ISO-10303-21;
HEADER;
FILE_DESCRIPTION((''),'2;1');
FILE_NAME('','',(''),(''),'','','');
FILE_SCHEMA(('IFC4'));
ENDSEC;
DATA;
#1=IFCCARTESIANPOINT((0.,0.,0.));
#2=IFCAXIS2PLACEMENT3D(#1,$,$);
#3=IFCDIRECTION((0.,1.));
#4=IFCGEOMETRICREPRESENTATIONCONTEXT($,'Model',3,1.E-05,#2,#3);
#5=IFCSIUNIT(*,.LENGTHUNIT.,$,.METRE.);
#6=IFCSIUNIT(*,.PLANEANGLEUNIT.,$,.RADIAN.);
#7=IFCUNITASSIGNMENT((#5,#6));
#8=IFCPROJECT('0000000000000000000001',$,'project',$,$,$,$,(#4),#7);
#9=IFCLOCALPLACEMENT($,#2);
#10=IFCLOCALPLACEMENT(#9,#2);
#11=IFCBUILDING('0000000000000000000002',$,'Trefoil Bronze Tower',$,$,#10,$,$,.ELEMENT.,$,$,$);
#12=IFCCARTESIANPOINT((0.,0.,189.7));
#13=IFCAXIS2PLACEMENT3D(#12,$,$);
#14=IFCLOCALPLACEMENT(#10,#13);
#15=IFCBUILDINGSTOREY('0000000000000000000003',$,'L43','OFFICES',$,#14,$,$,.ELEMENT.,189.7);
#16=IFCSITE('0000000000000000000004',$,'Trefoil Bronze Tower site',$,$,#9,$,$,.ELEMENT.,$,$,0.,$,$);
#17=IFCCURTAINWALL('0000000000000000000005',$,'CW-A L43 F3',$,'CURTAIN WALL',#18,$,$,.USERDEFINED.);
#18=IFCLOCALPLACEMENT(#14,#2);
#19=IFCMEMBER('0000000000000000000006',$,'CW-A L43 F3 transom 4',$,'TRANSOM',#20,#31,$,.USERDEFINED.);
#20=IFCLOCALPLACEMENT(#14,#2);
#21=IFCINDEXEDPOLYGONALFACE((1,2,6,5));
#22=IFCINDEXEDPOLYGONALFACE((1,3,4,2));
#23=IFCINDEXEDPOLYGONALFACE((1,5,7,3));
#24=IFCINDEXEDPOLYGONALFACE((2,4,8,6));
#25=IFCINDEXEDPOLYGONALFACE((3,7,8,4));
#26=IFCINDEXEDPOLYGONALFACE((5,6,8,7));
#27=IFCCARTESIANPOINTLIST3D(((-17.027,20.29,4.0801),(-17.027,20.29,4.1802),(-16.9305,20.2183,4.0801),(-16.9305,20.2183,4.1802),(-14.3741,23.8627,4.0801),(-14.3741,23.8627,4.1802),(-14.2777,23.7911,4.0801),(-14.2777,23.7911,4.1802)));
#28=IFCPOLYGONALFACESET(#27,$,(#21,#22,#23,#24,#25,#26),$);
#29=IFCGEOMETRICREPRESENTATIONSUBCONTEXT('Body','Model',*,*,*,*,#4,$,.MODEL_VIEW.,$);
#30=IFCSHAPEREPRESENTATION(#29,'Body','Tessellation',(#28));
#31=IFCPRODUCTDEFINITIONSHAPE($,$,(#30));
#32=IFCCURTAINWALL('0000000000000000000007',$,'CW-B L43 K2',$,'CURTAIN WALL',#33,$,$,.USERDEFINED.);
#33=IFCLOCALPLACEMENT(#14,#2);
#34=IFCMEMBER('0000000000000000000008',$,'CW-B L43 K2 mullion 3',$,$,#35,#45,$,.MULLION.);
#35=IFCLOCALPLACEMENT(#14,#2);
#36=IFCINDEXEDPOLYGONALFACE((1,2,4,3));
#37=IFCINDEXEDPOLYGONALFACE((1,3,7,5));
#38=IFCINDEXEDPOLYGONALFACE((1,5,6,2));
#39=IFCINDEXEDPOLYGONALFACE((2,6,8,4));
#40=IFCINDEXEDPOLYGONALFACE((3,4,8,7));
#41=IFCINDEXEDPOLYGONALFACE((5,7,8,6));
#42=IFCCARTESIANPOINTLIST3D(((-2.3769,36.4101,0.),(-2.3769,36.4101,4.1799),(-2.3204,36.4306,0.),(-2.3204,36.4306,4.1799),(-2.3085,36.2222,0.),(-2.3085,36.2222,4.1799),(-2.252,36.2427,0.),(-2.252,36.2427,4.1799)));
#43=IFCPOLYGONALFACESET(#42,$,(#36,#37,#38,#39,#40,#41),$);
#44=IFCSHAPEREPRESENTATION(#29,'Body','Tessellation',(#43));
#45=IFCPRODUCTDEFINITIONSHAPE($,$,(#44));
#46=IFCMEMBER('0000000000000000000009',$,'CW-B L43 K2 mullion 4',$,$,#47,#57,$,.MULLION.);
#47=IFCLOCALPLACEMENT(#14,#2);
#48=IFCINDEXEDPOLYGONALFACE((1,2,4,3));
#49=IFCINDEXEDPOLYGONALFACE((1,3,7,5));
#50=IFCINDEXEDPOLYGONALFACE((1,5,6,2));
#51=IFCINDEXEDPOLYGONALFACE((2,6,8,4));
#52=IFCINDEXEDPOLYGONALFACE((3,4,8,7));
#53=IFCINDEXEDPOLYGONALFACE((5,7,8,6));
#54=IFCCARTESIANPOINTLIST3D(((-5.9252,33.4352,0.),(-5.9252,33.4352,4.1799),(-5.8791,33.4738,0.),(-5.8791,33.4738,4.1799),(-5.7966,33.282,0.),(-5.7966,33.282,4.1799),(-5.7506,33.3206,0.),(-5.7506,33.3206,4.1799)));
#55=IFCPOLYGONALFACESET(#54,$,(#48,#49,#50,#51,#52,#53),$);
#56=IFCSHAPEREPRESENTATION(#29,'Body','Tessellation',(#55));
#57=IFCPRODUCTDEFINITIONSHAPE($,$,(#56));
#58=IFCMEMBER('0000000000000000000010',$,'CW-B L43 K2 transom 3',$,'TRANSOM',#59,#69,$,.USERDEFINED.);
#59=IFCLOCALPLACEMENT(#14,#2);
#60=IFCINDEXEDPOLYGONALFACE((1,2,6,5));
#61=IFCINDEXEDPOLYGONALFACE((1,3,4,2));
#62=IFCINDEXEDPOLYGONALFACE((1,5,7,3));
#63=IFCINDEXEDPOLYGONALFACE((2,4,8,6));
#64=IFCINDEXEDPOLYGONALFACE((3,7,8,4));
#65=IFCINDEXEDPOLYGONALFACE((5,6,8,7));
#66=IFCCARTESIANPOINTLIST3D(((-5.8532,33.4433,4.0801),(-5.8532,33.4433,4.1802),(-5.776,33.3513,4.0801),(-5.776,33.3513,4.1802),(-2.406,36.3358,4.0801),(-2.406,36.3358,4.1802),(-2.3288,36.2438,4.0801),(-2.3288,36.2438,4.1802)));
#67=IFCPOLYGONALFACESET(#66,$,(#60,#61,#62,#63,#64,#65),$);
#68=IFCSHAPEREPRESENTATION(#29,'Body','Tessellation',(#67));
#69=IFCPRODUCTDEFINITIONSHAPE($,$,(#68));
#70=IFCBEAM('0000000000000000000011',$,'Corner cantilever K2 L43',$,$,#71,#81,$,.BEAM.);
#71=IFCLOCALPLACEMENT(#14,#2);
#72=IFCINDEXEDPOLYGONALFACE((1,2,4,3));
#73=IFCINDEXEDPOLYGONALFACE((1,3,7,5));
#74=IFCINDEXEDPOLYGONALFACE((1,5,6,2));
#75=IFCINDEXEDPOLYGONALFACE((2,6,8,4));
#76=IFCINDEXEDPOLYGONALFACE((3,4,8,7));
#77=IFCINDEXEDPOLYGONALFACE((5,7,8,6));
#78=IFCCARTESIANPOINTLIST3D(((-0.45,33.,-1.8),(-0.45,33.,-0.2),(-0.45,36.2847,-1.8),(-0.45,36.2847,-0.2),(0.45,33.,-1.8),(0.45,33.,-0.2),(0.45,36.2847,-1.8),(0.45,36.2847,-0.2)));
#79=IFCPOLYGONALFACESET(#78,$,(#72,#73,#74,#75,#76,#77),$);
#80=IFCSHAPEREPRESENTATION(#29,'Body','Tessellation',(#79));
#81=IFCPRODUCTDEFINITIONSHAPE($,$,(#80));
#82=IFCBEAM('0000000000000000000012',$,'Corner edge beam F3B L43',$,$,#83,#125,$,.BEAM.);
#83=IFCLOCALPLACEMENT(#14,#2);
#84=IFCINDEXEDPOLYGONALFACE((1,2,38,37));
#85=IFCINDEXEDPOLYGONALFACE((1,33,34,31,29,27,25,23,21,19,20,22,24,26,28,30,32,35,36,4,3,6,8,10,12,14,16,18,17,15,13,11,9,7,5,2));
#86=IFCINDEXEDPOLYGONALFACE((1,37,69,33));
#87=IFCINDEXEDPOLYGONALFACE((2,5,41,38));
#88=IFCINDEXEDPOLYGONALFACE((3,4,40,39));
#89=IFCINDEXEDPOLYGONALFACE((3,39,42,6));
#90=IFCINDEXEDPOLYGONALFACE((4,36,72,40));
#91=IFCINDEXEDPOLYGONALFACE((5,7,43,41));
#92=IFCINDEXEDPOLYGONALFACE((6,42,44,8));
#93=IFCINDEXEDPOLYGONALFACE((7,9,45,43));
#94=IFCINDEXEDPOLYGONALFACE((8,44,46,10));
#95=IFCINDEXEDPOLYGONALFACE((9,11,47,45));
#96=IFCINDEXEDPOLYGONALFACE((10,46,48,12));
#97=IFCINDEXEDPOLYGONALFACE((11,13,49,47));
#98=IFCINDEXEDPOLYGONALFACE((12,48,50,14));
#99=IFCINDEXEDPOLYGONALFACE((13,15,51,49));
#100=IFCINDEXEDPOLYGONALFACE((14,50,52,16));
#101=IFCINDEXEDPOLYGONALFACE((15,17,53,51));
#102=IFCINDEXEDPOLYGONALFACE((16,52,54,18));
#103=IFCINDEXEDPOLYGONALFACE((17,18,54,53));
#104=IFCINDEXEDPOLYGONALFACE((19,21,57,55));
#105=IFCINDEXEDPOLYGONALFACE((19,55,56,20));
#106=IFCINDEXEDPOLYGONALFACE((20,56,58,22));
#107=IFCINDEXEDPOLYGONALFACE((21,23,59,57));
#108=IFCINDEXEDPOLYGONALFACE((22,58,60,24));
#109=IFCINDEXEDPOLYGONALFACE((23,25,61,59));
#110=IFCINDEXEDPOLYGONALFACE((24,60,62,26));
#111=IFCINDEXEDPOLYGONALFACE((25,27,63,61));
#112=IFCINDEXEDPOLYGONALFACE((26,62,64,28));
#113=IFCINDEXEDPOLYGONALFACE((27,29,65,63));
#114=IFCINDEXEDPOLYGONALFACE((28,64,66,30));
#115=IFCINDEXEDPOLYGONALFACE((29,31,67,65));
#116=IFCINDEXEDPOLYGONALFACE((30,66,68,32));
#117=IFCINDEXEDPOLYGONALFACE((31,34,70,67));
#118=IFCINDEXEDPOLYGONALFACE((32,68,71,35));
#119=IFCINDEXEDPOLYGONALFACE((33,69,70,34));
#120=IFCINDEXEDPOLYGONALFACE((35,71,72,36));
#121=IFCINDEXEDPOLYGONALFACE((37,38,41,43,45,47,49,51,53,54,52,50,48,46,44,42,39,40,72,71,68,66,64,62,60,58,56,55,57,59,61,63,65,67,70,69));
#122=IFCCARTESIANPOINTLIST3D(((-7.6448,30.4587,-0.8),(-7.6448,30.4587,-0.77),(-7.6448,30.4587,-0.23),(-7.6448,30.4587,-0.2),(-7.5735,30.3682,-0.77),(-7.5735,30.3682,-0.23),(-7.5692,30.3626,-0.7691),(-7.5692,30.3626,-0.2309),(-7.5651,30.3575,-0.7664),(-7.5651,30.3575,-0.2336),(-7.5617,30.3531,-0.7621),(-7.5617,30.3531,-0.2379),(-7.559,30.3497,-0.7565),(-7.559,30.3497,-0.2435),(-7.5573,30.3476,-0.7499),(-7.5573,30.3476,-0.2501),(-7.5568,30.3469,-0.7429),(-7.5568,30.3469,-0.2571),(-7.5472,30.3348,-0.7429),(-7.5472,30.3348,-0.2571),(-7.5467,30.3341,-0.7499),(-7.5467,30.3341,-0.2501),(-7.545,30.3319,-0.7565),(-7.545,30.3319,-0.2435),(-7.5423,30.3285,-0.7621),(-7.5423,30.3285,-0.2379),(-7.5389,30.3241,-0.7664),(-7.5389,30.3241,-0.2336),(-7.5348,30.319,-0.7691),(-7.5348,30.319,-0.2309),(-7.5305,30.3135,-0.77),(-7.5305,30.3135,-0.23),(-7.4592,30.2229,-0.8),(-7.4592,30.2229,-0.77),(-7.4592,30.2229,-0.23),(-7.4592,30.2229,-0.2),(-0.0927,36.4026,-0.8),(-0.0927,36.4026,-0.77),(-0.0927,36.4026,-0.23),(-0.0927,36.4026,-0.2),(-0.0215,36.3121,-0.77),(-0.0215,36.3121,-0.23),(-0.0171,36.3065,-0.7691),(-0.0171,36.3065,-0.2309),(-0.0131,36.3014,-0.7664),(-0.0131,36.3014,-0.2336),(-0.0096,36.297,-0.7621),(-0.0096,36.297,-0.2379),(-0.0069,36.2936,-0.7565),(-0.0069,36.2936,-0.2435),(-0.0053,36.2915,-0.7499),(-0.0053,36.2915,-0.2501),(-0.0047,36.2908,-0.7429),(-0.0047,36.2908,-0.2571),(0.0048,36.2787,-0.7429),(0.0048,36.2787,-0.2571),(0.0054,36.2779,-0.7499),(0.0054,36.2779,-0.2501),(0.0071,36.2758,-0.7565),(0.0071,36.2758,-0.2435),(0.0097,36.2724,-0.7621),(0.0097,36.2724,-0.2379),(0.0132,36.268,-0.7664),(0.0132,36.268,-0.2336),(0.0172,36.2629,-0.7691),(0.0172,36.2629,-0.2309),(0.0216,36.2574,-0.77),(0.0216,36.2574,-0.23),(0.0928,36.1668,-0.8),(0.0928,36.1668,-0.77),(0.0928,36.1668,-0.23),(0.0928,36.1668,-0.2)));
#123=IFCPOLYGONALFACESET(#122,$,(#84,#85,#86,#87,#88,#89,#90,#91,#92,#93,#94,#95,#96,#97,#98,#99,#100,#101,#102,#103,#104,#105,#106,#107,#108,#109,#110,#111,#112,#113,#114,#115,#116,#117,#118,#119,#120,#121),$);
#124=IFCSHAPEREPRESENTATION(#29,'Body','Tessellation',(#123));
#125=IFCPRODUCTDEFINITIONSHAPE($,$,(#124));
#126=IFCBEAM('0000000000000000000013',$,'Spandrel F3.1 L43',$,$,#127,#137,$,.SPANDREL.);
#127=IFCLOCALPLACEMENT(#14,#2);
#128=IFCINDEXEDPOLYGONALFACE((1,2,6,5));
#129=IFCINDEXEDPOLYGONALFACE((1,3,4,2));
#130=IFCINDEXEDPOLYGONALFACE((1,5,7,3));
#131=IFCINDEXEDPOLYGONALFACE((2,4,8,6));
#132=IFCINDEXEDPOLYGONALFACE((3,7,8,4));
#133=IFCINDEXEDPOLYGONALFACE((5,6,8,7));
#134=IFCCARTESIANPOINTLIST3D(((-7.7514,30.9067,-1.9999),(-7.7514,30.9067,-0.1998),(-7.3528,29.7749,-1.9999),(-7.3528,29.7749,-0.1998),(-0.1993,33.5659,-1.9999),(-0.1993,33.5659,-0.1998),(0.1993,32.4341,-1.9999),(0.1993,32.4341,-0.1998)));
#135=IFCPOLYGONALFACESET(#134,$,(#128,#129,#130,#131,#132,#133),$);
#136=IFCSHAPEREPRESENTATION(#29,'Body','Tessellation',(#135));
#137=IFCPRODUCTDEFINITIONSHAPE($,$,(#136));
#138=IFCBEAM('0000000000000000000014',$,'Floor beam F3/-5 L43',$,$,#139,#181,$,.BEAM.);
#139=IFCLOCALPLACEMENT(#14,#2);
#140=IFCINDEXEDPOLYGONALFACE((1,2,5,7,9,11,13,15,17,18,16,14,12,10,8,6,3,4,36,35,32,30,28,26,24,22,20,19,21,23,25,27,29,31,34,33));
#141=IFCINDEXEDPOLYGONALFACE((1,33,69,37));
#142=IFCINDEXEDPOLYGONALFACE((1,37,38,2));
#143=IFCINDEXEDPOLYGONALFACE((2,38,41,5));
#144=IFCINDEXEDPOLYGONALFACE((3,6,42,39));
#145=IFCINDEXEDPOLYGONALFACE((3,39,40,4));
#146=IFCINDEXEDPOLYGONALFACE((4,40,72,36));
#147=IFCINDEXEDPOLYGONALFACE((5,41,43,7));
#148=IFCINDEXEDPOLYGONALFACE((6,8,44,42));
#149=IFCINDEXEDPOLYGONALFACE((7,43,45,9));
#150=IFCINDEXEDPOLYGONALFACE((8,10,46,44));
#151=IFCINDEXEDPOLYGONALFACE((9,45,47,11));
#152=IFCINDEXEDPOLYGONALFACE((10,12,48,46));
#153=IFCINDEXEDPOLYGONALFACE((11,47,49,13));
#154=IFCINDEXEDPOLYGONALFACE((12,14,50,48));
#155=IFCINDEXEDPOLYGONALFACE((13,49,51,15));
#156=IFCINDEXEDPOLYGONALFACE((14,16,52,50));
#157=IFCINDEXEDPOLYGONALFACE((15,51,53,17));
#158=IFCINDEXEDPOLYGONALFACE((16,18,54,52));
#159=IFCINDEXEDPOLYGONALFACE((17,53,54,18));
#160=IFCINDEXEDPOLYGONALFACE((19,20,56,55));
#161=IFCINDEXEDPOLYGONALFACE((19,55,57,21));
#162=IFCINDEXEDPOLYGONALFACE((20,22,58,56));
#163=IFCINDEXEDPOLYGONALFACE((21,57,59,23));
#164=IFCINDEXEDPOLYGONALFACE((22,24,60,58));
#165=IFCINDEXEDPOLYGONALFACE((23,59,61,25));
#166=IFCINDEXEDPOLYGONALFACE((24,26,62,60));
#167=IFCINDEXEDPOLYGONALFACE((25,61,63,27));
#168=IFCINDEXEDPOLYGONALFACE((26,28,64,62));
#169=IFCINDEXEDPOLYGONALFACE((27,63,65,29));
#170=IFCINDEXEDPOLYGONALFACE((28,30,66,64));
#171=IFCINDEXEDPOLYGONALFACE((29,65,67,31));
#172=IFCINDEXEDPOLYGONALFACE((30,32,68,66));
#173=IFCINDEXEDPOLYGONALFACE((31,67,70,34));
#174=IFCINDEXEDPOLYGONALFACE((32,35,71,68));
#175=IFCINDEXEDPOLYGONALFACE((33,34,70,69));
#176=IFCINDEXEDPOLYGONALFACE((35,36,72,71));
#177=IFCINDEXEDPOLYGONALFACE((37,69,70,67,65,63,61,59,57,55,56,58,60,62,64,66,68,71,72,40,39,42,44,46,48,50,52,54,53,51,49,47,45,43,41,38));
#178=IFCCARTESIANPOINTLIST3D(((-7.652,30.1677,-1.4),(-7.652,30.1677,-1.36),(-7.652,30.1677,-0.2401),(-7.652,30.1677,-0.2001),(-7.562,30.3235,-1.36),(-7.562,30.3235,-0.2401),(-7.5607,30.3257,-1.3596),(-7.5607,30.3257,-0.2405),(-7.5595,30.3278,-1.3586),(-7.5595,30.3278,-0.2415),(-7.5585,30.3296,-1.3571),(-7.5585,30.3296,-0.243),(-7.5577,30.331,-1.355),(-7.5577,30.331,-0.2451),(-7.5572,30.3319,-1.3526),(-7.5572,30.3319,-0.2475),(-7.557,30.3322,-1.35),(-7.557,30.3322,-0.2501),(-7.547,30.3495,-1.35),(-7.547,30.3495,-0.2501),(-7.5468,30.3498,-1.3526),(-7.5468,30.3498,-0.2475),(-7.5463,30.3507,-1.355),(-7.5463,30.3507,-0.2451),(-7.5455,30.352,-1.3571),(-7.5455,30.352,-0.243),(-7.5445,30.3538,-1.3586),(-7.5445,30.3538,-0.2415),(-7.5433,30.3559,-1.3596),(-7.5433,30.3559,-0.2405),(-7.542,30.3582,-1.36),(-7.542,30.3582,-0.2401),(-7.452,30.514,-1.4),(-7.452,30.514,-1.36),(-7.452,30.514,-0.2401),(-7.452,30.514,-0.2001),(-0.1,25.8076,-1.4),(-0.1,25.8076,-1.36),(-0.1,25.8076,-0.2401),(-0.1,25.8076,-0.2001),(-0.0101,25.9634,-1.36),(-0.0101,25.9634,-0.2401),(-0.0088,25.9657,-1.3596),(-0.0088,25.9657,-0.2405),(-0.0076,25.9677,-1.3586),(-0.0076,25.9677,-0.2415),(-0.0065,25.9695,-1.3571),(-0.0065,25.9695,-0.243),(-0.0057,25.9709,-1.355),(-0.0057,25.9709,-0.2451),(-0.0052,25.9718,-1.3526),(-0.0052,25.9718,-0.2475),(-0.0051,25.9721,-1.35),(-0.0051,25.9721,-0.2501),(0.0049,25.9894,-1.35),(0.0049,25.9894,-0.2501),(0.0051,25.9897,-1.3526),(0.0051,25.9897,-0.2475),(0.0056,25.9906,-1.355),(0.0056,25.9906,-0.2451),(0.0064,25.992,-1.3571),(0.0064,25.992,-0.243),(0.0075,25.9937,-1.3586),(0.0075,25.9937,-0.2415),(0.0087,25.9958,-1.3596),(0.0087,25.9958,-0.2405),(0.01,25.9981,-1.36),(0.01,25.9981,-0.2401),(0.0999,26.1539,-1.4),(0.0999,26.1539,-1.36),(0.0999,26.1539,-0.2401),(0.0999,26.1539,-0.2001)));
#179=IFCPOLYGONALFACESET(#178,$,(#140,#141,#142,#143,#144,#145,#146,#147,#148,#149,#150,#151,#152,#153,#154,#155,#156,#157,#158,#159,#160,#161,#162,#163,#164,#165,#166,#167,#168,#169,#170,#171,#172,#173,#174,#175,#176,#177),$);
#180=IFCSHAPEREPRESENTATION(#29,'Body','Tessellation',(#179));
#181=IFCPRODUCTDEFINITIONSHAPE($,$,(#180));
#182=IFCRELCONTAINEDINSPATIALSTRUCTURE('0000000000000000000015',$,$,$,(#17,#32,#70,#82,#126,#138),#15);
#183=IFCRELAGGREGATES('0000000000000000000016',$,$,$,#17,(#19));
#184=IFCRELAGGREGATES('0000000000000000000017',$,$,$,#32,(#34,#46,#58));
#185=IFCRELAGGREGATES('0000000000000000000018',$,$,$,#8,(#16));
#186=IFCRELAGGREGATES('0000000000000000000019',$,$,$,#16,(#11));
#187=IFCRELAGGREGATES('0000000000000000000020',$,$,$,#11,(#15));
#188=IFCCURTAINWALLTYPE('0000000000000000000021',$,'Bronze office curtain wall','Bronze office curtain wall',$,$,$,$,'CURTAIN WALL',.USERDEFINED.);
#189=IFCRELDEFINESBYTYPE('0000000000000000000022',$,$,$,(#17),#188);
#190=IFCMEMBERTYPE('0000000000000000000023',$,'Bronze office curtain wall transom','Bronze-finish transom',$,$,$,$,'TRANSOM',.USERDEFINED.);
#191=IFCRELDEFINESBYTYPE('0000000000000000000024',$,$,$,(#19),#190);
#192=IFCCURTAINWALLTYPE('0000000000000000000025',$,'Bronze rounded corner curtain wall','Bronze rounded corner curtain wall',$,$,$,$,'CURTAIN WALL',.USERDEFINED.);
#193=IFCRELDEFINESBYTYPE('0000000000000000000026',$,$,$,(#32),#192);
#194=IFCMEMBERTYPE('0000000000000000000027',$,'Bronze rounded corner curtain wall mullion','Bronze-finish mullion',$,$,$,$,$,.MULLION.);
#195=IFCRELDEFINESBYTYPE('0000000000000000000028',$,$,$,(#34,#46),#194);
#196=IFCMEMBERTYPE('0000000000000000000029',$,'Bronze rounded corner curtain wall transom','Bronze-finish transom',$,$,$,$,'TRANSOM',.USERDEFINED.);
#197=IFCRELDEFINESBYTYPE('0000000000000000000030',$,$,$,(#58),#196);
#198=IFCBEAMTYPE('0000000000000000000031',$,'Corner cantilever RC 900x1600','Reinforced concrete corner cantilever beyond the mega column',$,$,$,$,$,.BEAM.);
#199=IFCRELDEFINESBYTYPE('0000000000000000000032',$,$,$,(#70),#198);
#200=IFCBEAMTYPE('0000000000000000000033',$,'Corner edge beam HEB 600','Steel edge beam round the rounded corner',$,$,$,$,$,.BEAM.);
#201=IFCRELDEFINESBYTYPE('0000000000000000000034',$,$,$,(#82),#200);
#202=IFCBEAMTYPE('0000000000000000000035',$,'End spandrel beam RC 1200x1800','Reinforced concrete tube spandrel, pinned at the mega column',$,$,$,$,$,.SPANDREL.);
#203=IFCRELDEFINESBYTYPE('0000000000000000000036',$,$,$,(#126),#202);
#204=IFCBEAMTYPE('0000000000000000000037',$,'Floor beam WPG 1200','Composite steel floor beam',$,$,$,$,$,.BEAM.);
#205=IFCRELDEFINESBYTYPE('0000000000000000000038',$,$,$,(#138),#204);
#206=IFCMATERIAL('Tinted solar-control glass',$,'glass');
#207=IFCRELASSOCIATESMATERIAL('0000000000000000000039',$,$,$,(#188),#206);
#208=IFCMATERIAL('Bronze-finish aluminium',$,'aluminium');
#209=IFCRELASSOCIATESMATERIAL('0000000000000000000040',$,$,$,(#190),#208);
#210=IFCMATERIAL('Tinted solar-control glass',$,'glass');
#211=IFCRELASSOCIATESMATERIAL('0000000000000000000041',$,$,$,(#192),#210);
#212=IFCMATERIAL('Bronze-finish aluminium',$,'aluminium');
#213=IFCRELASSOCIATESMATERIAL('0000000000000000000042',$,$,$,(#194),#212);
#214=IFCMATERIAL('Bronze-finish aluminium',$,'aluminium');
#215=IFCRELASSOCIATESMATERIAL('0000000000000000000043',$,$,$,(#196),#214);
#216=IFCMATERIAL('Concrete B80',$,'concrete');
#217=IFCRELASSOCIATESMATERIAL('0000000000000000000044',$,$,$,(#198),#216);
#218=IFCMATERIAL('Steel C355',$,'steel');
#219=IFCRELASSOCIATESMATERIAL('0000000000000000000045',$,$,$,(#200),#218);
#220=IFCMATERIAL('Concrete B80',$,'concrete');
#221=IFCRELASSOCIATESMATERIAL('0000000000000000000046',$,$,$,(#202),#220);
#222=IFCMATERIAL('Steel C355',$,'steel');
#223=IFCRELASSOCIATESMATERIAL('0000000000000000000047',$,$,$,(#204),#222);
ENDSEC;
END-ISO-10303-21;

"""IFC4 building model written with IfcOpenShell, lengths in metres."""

from ifc_helpers import new_model, si_unit, direction, frame, origin, origin_2d, place, context, subcontext, project, spatial, rectangle, i_section, extrude, material, material_profile, profile_set, type_object, element, aggregate, save


model = new_model("IFC4")

# Units and contexts
model_context = context("Model", 3, precision=1e-05, world=origin(), true_north=direction((0.0, 1.0)))
body_context = subcontext(model_context, "Body", "Model", "MODEL_VIEW")
ifc_project = project(units=[si_unit("LENGTHUNIT", "METRE"), si_unit("PLANEANGLEUNIT", "RADIAN")], contexts=[model_context])

# Site, building, storey
site_placement = place(None, origin())
site = spatial("IfcSite", under=ifc_project, at=site_placement, Name="Trefoil Bronze Tower site", CompositionType="ELEMENT", RefElevation=0.0)
building_placement = place(site_placement, origin())
building = spatial("IfcBuilding", under=site, at=building_placement, Name="Trefoil Bronze Tower", CompositionType="ELEMENT")
storey_placement = place(building_placement, frame((0.0, 0.0, 189.7)))
storey = spatial("IfcBuildingStorey", under=building, at=storey_placement, Name="L43", Description="OFFICES", CompositionType="ELEMENT", Elevation=189.7)

# Curtain walls, members
ifc_material_1 = material(Name="Tinted solar-control glass", Category="glass")
curtain_wall_type_1 = type_object("IfcCurtainWallType", Name="Bronze office curtain wall", Description="Bronze office curtain wall", ElementType="CURTAIN WALL", PredefinedType="USERDEFINED", material=ifc_material_1)
curtain_wall_1_placement = place(storey_placement, origin())
curtain_wall_1 = element("IfcCurtainWall", 1, at=curtain_wall_1_placement, inside=storey, type_object=curtain_wall_type_1, Name="CW-A L43 F3", ObjectType="CURTAIN WALL", PredefinedType="USERDEFINED")
ifc_material_2 = material(Name="Bronze-finish aluminium", Category="aluminium")
ifc_material_profile_1 = material_profile(ifc_material_2, rectangle(XDim=0.1201, YDim=0.1001, at=origin_2d()), Name="CW-A transom")
ifc_profile_set_1 = profile_set([ifc_material_profile_1], Name="Bronze-finish aluminium")
member_type_1 = type_object("IfcMemberType", Name="Bronze office curtain wall transom", Description="Bronze-finish transom", ElementType="TRANSOM", PredefinedType="USERDEFINED", material=ifc_profile_set_1)
member_1_placement = place(storey_placement, frame((-14.3259, 23.8269, 4.1301), z_axis=(-0.596148, -0.802874, 0.0), x_axis=(0.802874, -0.596148, 0.0)))
member_1 = element("IfcMember", 2, at=member_1_placement, type_object=member_type_1, Name="CW-A L43 F3 transom 4", ObjectType="TRANSOM", PredefinedType="USERDEFINED", context=body_context, shape_type="SweptSolid", body=[
    extrude(rectangle(XDim=0.1201, YDim=0.1001, at=origin_2d()), origin(), (0.0, 0.0, 1.0), 4.45),
])
ifc_material_3 = material(Name="Tinted solar-control glass", Category="glass")
curtain_wall_type_2 = type_object("IfcCurtainWallType", Name="Bronze rounded corner curtain wall", Description="Bronze rounded corner curtain wall", ElementType="CURTAIN WALL", PredefinedType="USERDEFINED", material=ifc_material_3)
curtain_wall_2_placement = place(storey_placement, origin())
curtain_wall_2 = element("IfcCurtainWall", 3, at=curtain_wall_2_placement, inside=storey, type_object=curtain_wall_type_2, Name="CW-B L43 K2", ObjectType="CURTAIN WALL", PredefinedType="USERDEFINED")
ifc_material_4 = material(Name="Bronze-finish aluminium", Category="aluminium")
ifc_material_profile_2 = material_profile(ifc_material_4, rectangle(XDim=0.2, YDim=0.0601, at=origin_2d()), Name="CW-B mullion")
ifc_profile_set_2 = profile_set([ifc_material_profile_2], Name="Bronze-finish aluminium")
member_type_2 = type_object("IfcMemberType", Name="Bronze rounded corner curtain wall mullion", Description="Bronze-finish mullion", PredefinedType="MULLION", material=ifc_profile_set_2)
member_2_placement = place(storey_placement, frame((-2.3145, 36.3264, 0.0), z_axis=(0.0, 0.0, 1.0), x_axis=(0.34202, -0.939693, 0.0)))
member_2 = element("IfcMember", 4, at=member_2_placement, type_object=member_type_2, Name="CW-B L43 K2 mullion 3", PredefinedType="MULLION", context=body_context, shape_type="SweptSolid", body=[
    extrude(rectangle(XDim=0.2, YDim=0.0601, at=origin_2d()), origin(), (0.0, 0.0, 1.0), 4.1799),
])
member_3_placement = place(storey_placement, frame((-5.8379, 33.3779, 0.0), z_axis=(0.0, 0.0, 1.0), x_axis=(0.642788, -0.766044, 0.0)))
member_3 = element("IfcMember", 5, at=member_3_placement, type_object=member_type_2, Name="CW-B L43 K2 mullion 4", PredefinedType="MULLION", context=body_context, shape_type="SweptSolid", body=[
    extrude(rectangle(XDim=0.2, YDim=0.0601, at=origin_2d()), origin(), (0.0, 0.0, 1.0), 4.1799),
])
ifc_material_5 = material(Name="Bronze-finish aluminium", Category="aluminium")
ifc_material_profile_3 = material_profile(ifc_material_5, rectangle(XDim=0.1201, YDim=0.1001, at=origin_2d()), Name="CW-B transom")
ifc_profile_set_3 = profile_set([ifc_material_profile_3], Name="Bronze-finish aluminium")
member_type_3 = type_object("IfcMemberType", Name="Bronze rounded corner curtain wall transom", Description="Bronze-finish transom", ElementType="TRANSOM", PredefinedType="USERDEFINED", material=ifc_profile_set_3)
member_4_placement = place(storey_placement, frame((-2.3674, 36.2898, 4.1301), z_axis=(-0.766047, -0.642785, 0.0), x_axis=(0.642785, -0.766047, 0.0)))
member_4 = element("IfcMember", 6, at=member_4_placement, type_object=member_type_3, Name="CW-B L43 K2 transom 3", ObjectType="TRANSOM", PredefinedType="USERDEFINED", context=body_context, shape_type="SweptSolid", body=[
    extrude(rectangle(XDim=0.1201, YDim=0.1001, at=origin_2d()), origin(), (0.0, 0.0, 1.0), 4.5),
])

# Beams
ifc_material_6 = material(Name="Concrete B80", Category="concrete")
ifc_material_profile_4 = material_profile(ifc_material_6, rectangle(XDim=0.8999, YDim=1.6001, at=origin_2d()), Name="RC 900x1600")
ifc_profile_set_4 = profile_set([ifc_material_profile_4], Name="Concrete B80")
beam_type_1 = type_object("IfcBeamType", Name="Corner cantilever RC 900x1600", Description="Reinforced concrete corner cantilever beyond the mega column", PredefinedType="BEAM", material=ifc_profile_set_4)
beam_1_placement = place(storey_placement, frame((0.0, 33.0, -1.0), z_axis=(0.0, 1.0, 0.0), x_axis=(-1.0, 0.0, 0.0)))
element("IfcBeam", 7, at=beam_1_placement, inside=storey, type_object=beam_type_1, Name="Corner cantilever K2 L43", PredefinedType="BEAM", context=body_context, shape_type="SweptSolid", body=[
    extrude(rectangle(XDim=0.8999, YDim=1.6001, at=origin_2d()), origin(), (0.0, 0.0, 1.0), 3.2847),
])
ifc_material_7 = material(Name="Steel C355", Category="steel")
ifc_material_profile_5 = material_profile(ifc_material_7, i_section(OverallWidth=0.3, OverallDepth=0.6001, WebThickness=0.0154, FlangeThickness=0.03, FilletRadius=0.0271, at=origin_2d()), Name="HEB 600")
ifc_profile_set_5 = profile_set([ifc_material_profile_5], Name="Steel C355")
beam_type_2 = type_object("IfcBeamType", Name="Corner edge beam HEB 600", Description="Steel edge beam round the rounded corner", PredefinedType="BEAM", material=ifc_profile_set_5)
beam_2_placement = place(storey_placement, frame((-7.552, 30.3408, -0.5), z_axis=(0.785806, 0.618473, 0.0), x_axis=(-0.618473, 0.785806, 0.0)))
element("IfcBeam", 8, at=beam_2_placement, inside=storey, type_object=beam_type_2, Name="Corner edge beam F3B L43", PredefinedType="BEAM", context=body_context, shape_type="SweptSolid", body=[
    extrude(i_section(OverallWidth=0.3, OverallDepth=0.6001, WebThickness=0.0154, FlangeThickness=0.03, FilletRadius=0.0271, at=origin_2d()), origin(), (0.0, 0.0, 1.0), 9.6106),
])
ifc_material_8 = material(Name="Concrete B80", Category="concrete")
ifc_material_profile_6 = material_profile(ifc_material_8, rectangle(XDim=1.2, YDim=1.8, at=origin_2d()), Name="RC 1200x1800")
ifc_profile_set_6 = profile_set([ifc_material_profile_6], Name="Concrete B80")
beam_type_3 = type_object("IfcBeamType", Name="End spandrel beam RC 1200x1800", Description="Reinforced concrete tube spandrel, pinned at the mega column", PredefinedType="SPANDREL", material=ifc_profile_set_6)
beam_3_placement = place(storey_placement, frame((0.0, 33.0, -1.0999), z_axis=(-0.943234, -0.332128, 0.0), x_axis=(0.332128, -0.943234, 0.0)))
element("IfcBeam", 9, at=beam_3_placement, inside=storey, type_object=beam_type_3, Name="Spandrel F3.1 L43", PredefinedType="SPANDREL", context=body_context, shape_type="SweptSolid", body=[
    extrude(rectangle(XDim=1.2, YDim=1.8, at=origin_2d()), origin(), (0.0, 0.0, 1.0), 8.0066),
])
ifc_material_9 = material(Name="Steel C355", Category="steel")
ifc_material_profile_7 = material_profile(ifc_material_9, i_section(OverallWidth=0.3999, OverallDepth=1.2, WebThickness=0.02, FlangeThickness=0.04, FilletRadius=0.01, at=origin_2d()), Name="WPG 1200")
ifc_profile_set_7 = profile_set([ifc_material_profile_7], Name="Steel C355")
beam_type_4 = type_object("IfcBeamType", Name="Floor beam WPG 1200", Description="Composite steel floor beam", PredefinedType="BEAM", material=ifc_profile_set_7)
beam_4_placement = place(storey_placement, frame((-7.552, 30.3408, -0.8), z_axis=(0.866028, -0.499996, 0.0), x_axis=(0.499996, 0.866028, 0.0)))
element("IfcBeam", 10, at=beam_4_placement, inside=storey, type_object=beam_type_4, Name="Floor beam F3/-5 L43", PredefinedType="BEAM", context=body_context, shape_type="SweptSolid", body=[
    extrude(i_section(OverallWidth=0.3999, OverallDepth=1.2, WebThickness=0.02, FlangeThickness=0.04, FilletRadius=0.01, at=origin_2d()), origin(), (0.0, 0.0, 1.0), 8.7202),
])

aggregate(curtain_wall_1, [member_1])
aggregate(curtain_wall_2, [member_2, member_3, member_4])

save(model, "model.ifc")
